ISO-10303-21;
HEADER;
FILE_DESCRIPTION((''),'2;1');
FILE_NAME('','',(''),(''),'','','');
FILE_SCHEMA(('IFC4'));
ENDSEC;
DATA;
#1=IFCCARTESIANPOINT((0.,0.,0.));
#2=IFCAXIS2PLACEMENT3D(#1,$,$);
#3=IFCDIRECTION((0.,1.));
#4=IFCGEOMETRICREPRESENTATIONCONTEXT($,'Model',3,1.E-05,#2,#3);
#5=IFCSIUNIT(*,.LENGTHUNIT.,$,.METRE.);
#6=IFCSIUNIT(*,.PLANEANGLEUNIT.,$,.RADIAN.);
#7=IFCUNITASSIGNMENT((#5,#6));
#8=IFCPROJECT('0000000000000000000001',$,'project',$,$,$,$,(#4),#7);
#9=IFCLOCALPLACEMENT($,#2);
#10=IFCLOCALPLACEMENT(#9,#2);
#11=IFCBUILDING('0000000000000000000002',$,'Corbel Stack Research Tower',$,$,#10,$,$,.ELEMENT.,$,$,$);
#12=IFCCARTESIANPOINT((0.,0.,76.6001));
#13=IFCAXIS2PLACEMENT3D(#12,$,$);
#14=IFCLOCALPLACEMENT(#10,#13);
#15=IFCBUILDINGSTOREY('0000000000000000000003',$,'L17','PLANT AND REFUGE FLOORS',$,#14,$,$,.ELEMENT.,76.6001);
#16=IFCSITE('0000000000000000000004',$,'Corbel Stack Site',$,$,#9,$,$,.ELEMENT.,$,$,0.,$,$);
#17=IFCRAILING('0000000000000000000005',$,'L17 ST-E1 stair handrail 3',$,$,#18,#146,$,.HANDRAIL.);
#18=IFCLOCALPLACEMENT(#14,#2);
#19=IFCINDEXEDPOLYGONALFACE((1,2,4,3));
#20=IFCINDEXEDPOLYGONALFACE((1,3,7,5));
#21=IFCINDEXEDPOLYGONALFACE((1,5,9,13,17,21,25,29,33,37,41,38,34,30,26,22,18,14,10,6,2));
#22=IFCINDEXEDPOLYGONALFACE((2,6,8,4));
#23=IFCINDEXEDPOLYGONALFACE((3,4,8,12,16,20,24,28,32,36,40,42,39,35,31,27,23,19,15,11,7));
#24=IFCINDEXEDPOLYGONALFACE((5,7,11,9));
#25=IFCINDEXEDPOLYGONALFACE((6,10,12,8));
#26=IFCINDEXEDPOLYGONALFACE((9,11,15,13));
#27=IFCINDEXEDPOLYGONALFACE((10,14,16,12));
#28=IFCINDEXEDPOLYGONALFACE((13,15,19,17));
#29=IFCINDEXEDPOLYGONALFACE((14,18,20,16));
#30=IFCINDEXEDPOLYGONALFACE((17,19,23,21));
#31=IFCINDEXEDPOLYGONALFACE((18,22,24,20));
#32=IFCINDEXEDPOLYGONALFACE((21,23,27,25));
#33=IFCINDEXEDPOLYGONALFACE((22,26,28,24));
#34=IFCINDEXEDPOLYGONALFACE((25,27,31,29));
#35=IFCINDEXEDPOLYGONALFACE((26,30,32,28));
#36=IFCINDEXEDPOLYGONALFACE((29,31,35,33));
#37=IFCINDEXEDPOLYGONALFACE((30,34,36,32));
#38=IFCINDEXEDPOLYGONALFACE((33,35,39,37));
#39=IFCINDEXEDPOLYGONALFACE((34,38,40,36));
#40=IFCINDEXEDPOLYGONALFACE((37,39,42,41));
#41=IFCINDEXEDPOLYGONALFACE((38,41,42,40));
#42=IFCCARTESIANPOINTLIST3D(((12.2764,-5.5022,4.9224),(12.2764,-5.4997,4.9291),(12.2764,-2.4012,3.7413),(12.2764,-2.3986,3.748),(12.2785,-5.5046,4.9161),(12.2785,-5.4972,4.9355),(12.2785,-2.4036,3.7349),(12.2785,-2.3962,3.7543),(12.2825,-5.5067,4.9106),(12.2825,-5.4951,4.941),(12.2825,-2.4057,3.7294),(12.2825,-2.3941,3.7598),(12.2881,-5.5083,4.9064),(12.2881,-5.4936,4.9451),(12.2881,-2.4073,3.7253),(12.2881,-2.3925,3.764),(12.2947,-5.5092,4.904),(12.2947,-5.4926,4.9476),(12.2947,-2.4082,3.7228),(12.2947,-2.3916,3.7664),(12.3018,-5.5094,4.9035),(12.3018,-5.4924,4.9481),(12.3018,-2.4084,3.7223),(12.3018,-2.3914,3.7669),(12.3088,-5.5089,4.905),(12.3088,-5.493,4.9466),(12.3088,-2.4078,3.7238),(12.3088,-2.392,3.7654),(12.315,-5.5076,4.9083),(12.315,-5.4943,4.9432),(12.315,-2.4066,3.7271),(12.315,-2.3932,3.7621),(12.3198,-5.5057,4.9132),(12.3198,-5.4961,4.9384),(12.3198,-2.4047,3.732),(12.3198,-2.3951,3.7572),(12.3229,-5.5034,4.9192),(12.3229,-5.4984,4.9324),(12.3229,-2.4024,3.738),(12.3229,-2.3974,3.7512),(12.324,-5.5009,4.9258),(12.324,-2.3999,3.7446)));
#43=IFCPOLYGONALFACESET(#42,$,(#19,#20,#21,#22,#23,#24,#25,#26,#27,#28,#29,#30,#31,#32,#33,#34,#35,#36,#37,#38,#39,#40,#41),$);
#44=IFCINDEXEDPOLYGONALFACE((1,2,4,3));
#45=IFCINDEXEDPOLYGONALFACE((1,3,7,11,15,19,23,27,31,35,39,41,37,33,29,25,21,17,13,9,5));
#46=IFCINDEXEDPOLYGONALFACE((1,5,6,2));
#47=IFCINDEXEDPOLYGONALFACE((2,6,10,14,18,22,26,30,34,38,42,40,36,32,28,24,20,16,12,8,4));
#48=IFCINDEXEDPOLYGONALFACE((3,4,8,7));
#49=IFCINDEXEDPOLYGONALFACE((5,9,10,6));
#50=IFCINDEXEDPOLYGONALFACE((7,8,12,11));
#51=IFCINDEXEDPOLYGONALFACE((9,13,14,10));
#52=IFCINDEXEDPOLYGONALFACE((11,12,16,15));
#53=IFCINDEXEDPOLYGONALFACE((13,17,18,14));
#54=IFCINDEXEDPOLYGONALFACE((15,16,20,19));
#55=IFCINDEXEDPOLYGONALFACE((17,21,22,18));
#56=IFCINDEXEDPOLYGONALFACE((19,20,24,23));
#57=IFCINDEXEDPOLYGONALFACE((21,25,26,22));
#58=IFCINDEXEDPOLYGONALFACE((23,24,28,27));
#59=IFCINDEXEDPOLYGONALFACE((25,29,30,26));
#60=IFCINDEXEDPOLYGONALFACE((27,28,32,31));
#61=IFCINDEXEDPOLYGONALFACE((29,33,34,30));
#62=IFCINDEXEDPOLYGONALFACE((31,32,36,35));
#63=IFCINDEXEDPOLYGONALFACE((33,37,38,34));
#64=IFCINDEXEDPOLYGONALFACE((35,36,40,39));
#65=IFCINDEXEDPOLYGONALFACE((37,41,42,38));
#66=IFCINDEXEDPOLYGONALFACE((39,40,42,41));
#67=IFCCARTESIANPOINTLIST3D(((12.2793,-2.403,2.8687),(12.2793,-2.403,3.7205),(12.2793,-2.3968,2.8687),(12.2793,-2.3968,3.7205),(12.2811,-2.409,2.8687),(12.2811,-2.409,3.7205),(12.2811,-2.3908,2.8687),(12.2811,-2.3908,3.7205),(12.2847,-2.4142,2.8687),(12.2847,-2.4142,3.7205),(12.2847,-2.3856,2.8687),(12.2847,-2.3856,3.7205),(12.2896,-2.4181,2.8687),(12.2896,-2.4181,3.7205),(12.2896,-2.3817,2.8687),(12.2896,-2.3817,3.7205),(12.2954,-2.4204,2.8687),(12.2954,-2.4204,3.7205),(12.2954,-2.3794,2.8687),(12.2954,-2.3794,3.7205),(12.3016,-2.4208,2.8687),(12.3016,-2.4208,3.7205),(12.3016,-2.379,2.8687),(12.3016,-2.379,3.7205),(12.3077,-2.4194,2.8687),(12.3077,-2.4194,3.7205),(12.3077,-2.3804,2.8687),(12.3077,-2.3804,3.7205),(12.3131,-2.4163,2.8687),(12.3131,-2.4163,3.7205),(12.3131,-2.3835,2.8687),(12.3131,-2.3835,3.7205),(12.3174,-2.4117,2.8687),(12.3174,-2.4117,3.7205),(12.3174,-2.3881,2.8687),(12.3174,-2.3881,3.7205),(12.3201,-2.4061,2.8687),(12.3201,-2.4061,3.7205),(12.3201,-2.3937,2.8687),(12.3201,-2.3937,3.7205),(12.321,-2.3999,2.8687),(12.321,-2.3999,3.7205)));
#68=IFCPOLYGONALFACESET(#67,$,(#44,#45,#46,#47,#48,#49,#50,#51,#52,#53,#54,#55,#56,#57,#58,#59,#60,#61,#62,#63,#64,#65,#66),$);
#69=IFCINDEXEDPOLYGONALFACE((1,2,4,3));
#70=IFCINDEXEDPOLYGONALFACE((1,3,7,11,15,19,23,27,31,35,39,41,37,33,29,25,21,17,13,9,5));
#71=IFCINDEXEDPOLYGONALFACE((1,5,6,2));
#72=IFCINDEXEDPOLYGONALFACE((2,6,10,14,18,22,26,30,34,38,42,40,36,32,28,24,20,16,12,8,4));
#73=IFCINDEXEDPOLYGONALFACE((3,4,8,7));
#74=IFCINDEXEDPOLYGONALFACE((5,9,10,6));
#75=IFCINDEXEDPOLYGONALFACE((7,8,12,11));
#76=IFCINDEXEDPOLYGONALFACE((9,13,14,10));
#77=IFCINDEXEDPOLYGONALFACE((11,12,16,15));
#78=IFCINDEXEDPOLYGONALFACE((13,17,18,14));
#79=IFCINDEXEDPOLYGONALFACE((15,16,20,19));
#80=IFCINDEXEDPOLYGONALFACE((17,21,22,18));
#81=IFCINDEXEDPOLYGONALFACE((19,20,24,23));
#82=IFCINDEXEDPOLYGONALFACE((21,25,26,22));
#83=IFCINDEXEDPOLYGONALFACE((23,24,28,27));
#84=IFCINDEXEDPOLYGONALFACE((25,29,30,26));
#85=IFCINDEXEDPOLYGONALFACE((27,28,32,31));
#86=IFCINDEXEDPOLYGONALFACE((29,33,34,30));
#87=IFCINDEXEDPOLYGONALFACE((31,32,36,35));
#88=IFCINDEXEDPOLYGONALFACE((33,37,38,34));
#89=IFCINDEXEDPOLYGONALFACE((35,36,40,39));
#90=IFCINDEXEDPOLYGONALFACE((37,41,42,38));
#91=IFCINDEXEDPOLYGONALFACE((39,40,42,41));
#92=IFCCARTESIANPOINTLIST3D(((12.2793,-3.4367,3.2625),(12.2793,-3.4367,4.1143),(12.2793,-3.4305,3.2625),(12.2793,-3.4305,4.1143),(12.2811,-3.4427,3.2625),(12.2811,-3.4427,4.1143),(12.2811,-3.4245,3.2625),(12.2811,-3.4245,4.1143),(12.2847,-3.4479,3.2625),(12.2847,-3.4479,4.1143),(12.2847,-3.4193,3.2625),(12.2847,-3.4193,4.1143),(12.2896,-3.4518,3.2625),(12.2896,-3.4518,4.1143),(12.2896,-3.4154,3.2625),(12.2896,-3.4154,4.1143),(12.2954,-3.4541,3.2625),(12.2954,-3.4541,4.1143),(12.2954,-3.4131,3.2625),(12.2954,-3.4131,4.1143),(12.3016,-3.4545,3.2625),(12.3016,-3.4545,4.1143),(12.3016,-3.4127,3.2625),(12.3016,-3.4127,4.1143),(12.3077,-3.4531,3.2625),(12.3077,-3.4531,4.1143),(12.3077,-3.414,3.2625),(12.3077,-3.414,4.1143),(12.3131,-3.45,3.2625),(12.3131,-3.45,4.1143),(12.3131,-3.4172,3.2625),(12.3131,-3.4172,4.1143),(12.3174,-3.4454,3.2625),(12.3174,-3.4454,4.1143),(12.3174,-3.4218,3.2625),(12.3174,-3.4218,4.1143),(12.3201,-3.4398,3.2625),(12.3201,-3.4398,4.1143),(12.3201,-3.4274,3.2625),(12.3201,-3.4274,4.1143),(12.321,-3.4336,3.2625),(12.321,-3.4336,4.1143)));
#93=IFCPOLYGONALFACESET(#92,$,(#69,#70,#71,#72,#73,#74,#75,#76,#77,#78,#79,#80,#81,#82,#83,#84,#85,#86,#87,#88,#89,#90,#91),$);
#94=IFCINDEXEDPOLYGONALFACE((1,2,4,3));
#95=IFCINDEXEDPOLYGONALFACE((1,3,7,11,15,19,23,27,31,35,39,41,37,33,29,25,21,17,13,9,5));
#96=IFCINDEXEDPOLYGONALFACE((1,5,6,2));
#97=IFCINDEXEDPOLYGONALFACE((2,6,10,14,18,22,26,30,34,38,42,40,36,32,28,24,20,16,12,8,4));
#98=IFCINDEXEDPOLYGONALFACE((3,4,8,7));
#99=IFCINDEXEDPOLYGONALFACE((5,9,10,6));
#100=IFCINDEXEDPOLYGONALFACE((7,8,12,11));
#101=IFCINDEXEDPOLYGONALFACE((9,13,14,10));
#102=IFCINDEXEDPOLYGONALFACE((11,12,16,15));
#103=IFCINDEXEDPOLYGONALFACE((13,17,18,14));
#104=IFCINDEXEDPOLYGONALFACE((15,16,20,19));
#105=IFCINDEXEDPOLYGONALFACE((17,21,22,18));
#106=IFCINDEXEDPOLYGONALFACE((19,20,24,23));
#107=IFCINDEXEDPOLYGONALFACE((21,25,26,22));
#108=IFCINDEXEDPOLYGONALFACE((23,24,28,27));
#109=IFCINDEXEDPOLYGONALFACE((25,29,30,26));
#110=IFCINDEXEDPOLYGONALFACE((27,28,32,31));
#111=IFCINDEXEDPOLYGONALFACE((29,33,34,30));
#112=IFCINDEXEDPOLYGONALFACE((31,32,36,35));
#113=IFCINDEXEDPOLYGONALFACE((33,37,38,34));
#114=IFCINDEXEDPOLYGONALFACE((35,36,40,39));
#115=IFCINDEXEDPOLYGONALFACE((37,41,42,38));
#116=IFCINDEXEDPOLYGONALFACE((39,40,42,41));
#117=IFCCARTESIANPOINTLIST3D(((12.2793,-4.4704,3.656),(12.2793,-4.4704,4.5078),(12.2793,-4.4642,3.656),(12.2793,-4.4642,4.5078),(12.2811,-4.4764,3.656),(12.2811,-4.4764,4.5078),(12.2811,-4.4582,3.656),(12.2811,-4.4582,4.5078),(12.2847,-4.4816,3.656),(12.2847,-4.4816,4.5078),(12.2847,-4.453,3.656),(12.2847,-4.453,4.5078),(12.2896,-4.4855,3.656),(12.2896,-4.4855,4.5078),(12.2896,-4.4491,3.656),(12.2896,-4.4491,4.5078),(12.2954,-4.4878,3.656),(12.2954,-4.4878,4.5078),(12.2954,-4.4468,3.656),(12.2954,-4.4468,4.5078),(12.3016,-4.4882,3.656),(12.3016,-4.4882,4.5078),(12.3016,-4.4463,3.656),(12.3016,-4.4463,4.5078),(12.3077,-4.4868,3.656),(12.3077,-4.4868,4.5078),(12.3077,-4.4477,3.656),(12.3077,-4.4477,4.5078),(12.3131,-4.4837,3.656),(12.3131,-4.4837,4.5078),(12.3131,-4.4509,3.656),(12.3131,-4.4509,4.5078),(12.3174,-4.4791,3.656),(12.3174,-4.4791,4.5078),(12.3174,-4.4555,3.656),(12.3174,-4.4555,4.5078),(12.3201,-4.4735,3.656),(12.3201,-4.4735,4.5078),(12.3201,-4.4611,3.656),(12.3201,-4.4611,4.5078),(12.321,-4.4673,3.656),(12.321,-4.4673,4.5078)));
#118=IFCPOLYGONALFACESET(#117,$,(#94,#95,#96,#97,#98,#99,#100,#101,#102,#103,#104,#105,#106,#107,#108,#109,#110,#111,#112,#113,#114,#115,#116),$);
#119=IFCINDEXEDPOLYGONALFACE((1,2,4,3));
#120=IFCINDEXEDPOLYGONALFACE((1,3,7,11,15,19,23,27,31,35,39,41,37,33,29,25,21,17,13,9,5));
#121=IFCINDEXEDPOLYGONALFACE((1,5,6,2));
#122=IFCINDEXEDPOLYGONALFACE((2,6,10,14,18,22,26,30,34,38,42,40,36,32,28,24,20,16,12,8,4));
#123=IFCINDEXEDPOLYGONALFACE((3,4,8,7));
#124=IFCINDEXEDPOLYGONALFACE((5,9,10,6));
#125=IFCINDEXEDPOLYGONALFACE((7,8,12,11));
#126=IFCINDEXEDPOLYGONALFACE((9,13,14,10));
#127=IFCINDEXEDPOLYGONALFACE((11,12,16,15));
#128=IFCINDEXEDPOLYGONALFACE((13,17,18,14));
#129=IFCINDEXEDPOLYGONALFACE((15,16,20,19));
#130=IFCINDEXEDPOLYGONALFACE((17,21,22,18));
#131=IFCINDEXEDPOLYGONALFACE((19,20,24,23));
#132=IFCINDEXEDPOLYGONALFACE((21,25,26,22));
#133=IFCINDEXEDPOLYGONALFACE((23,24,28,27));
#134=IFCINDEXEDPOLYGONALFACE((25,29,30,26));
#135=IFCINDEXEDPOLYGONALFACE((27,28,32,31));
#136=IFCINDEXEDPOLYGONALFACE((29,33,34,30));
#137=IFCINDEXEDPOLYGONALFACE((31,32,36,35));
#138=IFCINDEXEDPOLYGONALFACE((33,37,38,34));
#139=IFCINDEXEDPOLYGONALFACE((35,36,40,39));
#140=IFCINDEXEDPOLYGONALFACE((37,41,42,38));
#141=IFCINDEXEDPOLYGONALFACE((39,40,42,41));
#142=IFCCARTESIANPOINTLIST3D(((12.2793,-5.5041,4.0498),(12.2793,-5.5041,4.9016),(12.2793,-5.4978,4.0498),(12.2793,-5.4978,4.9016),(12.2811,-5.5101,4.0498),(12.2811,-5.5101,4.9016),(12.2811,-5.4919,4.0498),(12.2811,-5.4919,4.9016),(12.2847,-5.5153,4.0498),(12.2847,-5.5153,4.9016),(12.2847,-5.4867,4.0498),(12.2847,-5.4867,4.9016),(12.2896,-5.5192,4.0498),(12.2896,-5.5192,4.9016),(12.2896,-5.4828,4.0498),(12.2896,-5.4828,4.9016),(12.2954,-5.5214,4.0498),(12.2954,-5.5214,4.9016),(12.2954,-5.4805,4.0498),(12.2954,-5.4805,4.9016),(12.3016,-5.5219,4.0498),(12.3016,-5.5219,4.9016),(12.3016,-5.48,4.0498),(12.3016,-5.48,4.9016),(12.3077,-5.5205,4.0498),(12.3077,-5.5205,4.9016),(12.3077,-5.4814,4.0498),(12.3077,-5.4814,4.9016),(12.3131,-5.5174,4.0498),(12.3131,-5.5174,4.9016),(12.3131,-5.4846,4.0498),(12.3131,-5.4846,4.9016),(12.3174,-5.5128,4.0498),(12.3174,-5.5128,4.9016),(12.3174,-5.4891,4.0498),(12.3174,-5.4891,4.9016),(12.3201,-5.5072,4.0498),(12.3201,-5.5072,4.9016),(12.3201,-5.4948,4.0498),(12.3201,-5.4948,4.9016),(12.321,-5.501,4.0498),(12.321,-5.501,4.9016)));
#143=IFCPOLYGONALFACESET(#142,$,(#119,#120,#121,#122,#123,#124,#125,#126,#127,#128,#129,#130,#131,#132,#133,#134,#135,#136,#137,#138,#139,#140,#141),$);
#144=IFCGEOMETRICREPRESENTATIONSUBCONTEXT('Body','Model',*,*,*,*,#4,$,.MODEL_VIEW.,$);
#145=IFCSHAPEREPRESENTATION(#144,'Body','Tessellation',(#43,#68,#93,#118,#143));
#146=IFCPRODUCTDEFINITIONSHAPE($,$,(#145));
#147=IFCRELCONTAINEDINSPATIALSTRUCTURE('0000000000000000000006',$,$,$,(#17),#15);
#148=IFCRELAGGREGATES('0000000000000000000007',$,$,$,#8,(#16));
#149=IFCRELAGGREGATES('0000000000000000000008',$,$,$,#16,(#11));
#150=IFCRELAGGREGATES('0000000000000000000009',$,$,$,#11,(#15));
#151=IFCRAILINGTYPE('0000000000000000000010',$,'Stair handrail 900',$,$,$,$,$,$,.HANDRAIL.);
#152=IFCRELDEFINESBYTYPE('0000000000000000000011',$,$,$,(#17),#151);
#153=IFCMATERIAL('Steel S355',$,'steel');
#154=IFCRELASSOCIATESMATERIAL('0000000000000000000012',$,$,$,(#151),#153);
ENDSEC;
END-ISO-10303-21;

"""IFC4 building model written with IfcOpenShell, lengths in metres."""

from ifc_helpers import new_model, si_unit, direction, frame, origin, origin_2d, place, context, subcontext, project, spatial, circle, extrude, material, type_object, element, save


model = new_model("IFC4")

# Units and contexts
model_context = context("Model", 3, precision=1e-05, world=origin(), true_north=direction((0.0, 1.0)))
body_context = subcontext(model_context, "Body", "Model", "MODEL_VIEW")
ifc_project = project(units=[si_unit("LENGTHUNIT", "METRE"), si_unit("PLANEANGLEUNIT", "RADIAN")], contexts=[model_context])

# Site, building, storey
site_placement = place(None, origin())
site = spatial("IfcSite", under=ifc_project, at=site_placement, Name="Corbel Stack Site", CompositionType="ELEMENT", RefElevation=0.0)
building_placement = place(site_placement, origin())
building = spatial("IfcBuilding", under=site, at=building_placement, Name="Corbel Stack Research Tower", CompositionType="ELEMENT")
storey_placement = place(building_placement, frame((0.0, 0.0, 76.6001)))
storey = spatial("IfcBuildingStorey", under=building, at=storey_placement, Name="L17", Description="PLANT AND REFUGE FLOORS", CompositionType="ELEMENT", Elevation=76.6001)

# Railing
ifc_material_1 = material(Name="Steel S355", Category="steel")
railing_type_1 = type_object("IfcRailingType", Name="Stair handrail 900", PredefinedType="HANDRAIL", material=ifc_material_1)
railing_1_placement = place(storey_placement, frame((12.3, -2.3999, 2.8687)))
element("IfcRailing", 1, at=railing_1_placement, inside=storey, type_object=railing_type_1, Name="L17 ST-E1 stair handrail 3", PredefinedType="HANDRAIL", context=body_context, shape_type="SweptSolid", body=[
    extrude(circle(Radius=0.0239, at=origin_2d()), frame((0.0, 0.0, 0.876), z_axis=(0.0, -0.934509, 0.35594), x_axis=(1.0, 0.0, 0.0)), (0.0, 0.0, 1.0), 3.3184),
    extrude(circle(Radius=0.021, at=origin_2d()), origin(), (0.0, 0.0, 1.0), 0.8518),
    extrude(circle(Radius=0.021, at=origin_2d()), frame((0.0, -1.0337, 0.3938)), (0.0, 0.0, 1.0), 0.8518),
    extrude(circle(Radius=0.021, at=origin_2d()), frame((0.0, -2.0674, 0.7874)), (0.0, 0.0, 1.0), 0.8518),
    extrude(circle(Radius=0.021, at=origin_2d()), frame((0.0, -3.1011, 1.1812)), (0.0, 0.0, 1.0), 0.8518),
])

save(model, "model.ifc")
